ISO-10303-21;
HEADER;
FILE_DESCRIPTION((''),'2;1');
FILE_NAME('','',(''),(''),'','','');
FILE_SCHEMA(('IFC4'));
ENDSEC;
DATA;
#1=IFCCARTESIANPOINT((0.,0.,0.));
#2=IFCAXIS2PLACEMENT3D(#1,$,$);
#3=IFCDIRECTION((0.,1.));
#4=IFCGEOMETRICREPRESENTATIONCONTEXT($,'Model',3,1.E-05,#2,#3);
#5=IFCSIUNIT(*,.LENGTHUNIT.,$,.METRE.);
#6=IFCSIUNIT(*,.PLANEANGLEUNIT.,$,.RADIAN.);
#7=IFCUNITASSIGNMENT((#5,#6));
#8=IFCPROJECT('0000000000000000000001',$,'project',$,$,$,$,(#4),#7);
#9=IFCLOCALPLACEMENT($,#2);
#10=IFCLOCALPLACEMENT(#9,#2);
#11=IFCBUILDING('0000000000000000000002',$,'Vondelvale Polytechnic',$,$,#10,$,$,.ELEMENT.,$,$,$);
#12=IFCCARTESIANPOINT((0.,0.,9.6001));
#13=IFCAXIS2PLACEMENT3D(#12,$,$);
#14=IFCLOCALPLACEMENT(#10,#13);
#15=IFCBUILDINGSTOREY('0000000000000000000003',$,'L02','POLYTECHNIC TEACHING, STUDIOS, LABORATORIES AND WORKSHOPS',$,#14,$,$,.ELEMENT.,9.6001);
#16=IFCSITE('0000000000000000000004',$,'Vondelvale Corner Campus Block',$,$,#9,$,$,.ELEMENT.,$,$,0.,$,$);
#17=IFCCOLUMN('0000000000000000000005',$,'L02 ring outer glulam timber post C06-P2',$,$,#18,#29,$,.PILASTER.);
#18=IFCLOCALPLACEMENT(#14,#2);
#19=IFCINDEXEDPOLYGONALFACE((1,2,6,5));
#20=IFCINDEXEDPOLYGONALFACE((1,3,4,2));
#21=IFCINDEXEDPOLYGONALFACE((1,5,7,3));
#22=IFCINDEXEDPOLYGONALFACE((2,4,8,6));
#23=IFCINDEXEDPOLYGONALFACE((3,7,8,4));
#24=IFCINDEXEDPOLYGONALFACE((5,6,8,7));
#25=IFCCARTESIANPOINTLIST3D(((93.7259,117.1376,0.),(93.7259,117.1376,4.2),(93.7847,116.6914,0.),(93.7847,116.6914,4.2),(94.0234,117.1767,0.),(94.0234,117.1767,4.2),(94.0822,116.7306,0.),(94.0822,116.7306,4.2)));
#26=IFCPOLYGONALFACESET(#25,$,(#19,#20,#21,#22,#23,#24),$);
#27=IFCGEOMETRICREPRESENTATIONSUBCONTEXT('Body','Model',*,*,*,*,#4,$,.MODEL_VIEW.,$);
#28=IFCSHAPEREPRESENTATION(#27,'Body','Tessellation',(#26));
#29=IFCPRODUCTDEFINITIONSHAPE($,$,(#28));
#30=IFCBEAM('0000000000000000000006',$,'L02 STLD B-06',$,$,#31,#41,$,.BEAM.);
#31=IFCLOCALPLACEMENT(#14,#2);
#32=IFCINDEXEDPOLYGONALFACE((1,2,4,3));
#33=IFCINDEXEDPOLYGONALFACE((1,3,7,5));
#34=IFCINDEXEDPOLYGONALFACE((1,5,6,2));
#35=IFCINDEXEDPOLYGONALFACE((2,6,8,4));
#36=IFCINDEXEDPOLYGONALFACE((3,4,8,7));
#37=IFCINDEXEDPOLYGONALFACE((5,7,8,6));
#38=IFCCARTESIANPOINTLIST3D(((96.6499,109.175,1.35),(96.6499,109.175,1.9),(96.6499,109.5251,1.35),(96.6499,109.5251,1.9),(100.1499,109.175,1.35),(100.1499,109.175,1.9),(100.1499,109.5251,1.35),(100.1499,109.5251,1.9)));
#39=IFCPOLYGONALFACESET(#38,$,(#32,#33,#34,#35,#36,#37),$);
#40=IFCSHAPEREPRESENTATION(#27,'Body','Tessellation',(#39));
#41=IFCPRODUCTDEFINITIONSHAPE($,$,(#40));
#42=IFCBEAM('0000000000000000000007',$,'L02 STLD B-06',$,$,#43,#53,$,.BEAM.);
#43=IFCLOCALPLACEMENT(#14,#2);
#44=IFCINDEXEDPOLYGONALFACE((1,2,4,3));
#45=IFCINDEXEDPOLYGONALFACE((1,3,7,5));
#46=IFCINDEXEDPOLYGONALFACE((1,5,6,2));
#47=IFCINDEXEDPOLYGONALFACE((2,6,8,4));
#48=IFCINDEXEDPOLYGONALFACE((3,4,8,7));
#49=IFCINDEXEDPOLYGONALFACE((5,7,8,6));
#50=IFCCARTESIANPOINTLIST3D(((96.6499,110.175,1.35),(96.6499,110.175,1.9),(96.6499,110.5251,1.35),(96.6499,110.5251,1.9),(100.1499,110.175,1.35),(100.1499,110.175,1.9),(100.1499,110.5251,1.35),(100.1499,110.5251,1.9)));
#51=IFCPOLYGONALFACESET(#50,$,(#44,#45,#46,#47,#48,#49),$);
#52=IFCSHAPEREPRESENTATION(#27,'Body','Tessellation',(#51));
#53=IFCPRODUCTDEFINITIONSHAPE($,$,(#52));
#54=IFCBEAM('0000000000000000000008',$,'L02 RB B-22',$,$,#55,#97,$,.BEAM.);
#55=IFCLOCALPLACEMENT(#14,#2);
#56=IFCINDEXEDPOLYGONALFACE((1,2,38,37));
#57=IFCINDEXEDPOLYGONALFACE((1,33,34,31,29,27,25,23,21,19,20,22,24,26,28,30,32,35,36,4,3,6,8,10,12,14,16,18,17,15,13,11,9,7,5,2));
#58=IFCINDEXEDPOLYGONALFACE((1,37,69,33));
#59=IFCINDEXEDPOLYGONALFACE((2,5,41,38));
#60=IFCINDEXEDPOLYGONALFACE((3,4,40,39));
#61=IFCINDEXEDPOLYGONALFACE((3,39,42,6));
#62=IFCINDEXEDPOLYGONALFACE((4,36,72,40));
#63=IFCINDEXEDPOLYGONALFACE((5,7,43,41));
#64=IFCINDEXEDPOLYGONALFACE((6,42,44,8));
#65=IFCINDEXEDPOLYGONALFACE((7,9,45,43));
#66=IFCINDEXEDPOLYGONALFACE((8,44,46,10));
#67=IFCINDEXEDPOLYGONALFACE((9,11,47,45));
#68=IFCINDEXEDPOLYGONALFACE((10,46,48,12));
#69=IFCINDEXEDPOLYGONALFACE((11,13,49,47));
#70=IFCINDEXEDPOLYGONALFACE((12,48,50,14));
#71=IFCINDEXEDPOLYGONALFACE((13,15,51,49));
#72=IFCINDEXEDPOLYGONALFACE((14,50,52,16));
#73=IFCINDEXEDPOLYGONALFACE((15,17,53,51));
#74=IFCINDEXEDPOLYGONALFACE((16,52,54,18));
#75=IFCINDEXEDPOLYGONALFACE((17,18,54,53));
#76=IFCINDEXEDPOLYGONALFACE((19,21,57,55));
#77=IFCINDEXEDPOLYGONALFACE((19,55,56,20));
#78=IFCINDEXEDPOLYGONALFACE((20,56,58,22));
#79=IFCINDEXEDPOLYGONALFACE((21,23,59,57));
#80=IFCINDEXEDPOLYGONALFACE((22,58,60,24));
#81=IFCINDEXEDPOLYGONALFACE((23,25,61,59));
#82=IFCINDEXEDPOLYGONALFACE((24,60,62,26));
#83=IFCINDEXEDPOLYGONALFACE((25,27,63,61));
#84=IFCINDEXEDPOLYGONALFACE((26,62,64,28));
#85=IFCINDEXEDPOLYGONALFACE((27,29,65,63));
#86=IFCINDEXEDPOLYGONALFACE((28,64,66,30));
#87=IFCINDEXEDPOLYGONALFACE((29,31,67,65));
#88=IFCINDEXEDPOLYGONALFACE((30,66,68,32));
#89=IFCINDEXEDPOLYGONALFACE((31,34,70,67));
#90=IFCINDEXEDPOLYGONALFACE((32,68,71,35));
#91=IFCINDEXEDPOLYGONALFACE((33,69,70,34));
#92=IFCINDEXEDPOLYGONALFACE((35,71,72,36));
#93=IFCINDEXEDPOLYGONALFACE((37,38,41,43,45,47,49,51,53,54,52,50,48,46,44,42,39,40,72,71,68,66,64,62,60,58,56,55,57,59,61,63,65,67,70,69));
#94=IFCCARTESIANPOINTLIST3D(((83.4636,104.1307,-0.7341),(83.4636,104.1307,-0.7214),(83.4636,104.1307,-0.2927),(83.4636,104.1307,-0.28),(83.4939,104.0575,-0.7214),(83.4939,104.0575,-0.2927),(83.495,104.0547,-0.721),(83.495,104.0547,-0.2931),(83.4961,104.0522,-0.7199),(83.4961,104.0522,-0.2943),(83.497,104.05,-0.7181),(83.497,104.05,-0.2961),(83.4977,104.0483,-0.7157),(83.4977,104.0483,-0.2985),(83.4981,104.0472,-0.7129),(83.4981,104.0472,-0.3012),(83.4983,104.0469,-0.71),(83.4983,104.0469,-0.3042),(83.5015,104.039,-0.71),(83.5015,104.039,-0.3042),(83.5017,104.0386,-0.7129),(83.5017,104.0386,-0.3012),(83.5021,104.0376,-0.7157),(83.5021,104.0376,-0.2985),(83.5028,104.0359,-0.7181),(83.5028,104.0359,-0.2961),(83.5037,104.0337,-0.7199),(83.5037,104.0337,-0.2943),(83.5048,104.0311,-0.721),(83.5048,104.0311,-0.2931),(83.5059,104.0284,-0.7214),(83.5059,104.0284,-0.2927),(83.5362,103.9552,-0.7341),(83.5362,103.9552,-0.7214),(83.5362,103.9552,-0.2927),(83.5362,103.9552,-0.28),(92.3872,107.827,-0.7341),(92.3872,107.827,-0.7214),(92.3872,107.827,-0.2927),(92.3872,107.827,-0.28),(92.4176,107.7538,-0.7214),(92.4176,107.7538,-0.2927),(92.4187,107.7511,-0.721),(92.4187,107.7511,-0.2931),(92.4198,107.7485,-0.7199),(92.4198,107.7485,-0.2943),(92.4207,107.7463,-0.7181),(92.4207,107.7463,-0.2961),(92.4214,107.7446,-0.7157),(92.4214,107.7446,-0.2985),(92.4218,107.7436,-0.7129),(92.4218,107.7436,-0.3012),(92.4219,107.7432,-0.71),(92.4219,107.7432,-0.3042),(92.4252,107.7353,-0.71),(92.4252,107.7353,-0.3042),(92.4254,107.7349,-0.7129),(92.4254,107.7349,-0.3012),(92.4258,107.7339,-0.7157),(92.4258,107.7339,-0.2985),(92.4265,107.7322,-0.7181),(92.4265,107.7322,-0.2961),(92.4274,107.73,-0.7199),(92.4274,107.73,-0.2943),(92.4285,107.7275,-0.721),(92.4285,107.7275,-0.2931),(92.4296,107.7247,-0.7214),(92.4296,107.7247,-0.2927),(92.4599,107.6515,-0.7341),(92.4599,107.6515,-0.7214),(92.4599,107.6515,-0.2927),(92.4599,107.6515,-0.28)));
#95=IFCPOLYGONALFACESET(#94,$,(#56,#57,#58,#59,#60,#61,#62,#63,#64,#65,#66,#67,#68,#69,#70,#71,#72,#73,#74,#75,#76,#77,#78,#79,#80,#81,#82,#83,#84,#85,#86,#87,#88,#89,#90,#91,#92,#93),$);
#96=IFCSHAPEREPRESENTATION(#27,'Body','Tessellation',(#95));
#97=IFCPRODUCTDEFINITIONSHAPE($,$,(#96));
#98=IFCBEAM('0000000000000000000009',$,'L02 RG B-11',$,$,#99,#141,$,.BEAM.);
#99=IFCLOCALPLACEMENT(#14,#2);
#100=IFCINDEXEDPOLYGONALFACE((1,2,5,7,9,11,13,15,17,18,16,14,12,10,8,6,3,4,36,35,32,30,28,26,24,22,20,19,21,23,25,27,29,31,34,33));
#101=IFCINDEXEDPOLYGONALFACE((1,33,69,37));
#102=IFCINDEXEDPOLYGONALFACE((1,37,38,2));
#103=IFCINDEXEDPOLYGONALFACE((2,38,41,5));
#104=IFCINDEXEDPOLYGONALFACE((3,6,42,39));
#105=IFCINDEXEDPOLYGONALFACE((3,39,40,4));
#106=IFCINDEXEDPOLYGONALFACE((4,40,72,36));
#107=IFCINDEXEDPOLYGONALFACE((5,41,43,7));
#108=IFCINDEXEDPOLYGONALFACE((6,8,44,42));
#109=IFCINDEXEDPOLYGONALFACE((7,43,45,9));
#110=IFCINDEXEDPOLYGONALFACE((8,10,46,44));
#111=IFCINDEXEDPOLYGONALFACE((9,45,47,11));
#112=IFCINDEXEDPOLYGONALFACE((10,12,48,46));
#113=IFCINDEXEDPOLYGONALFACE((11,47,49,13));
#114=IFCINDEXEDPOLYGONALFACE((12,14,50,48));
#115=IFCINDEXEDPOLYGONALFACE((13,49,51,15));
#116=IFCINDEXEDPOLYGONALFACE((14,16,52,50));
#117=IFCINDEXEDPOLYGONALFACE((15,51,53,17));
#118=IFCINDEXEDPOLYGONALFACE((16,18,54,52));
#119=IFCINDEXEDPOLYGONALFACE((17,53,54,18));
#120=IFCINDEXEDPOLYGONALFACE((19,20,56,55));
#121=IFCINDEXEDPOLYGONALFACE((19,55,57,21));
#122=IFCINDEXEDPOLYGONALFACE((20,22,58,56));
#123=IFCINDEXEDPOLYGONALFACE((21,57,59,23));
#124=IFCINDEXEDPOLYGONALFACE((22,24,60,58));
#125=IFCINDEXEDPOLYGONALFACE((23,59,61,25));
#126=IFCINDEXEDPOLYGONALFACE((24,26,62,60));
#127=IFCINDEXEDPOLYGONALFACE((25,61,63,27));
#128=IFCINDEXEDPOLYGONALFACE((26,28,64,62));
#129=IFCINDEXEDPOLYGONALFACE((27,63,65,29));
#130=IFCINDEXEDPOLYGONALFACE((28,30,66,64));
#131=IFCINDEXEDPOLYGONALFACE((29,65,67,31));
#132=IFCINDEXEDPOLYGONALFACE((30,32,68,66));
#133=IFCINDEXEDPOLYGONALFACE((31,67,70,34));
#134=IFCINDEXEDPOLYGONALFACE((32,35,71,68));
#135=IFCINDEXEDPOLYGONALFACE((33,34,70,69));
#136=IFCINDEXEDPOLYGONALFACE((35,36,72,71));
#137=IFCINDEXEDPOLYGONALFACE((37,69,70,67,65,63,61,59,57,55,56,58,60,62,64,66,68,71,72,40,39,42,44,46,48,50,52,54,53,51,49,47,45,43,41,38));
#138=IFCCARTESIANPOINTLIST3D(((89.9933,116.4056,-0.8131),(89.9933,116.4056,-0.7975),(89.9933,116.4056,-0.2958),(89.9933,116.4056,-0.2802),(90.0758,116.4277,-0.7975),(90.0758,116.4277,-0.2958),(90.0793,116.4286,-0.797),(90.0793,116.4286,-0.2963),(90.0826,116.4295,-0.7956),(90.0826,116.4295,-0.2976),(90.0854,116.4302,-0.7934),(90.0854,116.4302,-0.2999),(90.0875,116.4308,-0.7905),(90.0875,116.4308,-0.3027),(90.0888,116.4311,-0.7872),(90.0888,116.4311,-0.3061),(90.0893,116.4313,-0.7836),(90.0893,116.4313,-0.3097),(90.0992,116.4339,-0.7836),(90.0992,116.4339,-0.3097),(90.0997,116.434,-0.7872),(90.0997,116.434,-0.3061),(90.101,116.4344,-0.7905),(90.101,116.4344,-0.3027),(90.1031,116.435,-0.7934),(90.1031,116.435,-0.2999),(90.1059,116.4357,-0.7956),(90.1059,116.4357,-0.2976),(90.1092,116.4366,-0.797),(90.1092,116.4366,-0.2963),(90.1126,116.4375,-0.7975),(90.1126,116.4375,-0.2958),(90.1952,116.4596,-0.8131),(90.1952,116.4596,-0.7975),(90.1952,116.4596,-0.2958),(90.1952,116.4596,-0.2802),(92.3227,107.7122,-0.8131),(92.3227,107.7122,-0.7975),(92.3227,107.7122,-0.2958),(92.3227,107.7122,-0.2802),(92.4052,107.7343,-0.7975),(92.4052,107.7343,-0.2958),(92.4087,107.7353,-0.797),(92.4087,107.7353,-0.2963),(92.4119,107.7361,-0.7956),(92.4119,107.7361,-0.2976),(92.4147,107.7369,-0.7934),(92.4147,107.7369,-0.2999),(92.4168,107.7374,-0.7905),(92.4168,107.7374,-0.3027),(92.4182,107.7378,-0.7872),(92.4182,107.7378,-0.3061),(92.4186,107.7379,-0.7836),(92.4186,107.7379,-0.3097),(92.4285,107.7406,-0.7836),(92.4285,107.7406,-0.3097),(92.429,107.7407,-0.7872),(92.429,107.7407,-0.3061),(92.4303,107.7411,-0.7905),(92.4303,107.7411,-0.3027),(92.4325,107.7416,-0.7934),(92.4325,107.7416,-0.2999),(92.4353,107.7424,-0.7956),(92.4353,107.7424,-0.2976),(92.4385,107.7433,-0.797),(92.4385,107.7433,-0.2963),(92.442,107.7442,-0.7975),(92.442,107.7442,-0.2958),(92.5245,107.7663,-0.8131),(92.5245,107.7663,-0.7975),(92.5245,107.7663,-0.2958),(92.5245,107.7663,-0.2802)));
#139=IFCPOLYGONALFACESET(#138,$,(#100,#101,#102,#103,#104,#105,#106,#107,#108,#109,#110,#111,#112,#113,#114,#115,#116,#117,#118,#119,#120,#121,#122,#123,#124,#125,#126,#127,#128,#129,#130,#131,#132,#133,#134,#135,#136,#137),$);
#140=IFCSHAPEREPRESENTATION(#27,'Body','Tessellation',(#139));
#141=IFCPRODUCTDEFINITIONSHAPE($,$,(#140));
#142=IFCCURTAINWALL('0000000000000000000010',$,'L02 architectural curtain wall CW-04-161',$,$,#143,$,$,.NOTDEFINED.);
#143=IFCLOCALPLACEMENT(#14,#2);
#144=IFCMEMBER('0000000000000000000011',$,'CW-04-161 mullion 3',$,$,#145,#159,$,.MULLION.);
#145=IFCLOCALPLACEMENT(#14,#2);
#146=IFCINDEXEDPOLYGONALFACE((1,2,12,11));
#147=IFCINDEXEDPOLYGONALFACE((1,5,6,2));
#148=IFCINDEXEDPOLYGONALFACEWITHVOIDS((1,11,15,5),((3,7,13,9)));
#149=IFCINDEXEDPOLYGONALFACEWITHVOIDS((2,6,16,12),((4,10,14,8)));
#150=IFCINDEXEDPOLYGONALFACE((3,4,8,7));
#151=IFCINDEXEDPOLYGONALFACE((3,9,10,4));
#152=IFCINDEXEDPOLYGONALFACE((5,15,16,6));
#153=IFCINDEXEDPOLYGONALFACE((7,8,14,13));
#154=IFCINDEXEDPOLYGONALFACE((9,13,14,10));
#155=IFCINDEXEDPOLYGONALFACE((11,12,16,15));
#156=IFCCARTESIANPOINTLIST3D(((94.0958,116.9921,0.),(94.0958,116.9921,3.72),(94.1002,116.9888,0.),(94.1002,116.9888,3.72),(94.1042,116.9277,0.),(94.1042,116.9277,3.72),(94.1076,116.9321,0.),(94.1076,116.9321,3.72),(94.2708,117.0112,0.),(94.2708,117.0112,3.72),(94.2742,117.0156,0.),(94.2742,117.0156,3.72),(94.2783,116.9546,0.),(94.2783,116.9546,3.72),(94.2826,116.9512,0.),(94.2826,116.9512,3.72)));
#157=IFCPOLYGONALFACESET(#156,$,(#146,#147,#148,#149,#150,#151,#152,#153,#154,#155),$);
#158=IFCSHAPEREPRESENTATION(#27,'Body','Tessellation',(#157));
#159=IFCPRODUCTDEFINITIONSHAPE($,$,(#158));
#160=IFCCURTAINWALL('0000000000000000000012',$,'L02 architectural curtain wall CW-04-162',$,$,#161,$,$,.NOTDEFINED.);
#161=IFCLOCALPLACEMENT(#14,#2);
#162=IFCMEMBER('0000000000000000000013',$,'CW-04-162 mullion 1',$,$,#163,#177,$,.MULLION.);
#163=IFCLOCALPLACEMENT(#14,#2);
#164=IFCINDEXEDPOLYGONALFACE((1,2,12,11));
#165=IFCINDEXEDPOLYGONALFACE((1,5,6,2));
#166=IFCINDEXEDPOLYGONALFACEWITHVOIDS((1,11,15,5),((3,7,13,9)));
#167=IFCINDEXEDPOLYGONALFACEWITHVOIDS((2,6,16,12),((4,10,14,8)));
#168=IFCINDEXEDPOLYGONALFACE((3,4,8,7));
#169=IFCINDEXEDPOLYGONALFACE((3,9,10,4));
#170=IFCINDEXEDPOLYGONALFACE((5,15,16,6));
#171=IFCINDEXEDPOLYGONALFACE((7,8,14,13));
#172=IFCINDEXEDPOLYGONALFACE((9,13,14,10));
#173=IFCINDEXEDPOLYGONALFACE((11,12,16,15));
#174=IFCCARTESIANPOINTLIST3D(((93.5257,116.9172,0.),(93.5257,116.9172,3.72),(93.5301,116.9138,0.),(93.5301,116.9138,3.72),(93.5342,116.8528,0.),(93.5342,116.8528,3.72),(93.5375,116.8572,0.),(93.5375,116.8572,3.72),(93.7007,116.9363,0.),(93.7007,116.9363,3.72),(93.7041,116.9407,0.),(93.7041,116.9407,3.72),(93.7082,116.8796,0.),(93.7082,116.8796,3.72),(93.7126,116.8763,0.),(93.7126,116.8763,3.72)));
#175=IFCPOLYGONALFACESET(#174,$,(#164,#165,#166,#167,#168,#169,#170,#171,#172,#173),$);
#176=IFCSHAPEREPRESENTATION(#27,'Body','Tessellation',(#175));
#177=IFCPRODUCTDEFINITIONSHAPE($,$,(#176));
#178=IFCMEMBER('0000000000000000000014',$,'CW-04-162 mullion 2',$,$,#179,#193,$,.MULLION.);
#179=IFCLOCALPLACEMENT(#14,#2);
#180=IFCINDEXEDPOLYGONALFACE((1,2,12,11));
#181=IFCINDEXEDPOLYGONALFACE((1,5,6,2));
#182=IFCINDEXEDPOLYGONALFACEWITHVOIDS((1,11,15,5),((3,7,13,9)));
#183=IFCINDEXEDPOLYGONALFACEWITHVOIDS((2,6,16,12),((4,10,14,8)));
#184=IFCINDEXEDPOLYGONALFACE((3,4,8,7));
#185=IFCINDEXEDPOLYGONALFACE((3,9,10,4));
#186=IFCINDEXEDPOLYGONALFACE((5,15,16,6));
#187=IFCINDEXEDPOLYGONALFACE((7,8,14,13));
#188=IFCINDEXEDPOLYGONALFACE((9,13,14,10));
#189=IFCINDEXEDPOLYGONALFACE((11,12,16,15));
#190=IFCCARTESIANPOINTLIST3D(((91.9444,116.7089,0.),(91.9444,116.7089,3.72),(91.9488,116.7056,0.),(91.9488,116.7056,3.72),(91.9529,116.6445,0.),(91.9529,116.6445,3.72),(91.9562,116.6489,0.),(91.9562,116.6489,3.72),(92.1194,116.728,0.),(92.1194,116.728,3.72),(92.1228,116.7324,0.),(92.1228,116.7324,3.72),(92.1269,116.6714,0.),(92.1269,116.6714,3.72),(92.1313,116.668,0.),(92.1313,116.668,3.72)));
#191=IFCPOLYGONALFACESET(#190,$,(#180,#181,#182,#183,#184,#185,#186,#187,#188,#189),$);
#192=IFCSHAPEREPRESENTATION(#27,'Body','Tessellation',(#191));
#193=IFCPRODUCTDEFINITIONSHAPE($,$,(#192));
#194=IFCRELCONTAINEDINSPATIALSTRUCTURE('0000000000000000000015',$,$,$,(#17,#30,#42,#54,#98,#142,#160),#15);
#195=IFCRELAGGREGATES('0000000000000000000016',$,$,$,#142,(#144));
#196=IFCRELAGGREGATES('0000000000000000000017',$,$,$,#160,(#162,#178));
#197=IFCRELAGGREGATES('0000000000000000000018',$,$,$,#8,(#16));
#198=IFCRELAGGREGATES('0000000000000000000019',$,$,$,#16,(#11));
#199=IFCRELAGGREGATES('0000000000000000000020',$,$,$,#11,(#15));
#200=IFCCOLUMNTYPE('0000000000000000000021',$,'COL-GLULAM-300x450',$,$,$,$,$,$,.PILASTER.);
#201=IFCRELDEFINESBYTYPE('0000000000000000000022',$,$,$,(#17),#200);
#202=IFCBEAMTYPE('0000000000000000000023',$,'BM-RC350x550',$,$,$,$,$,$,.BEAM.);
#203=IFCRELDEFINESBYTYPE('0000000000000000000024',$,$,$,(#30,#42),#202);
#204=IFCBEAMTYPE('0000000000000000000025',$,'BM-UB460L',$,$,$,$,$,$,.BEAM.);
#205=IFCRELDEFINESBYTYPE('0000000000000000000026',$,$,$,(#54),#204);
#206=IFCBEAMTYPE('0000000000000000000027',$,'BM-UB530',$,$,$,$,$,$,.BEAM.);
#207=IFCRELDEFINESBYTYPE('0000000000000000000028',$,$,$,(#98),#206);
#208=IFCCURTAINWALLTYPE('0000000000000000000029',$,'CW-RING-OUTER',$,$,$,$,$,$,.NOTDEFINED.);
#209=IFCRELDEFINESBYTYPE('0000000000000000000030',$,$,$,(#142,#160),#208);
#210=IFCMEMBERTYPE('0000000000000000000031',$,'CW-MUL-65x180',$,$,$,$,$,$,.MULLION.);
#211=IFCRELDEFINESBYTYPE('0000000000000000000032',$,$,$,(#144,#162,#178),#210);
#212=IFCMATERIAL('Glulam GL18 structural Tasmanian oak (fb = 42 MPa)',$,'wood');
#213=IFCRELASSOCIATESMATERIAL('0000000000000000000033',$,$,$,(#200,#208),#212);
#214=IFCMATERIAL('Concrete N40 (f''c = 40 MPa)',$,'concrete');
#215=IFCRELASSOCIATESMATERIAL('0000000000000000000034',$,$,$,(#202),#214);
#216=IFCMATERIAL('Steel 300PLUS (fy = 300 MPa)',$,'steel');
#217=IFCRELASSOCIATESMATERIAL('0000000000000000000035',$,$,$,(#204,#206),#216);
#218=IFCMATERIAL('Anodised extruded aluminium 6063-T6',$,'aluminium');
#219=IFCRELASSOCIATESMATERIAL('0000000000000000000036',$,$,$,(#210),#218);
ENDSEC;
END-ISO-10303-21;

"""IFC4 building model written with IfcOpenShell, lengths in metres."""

from ifc_helpers import new_model, si_unit, direction, frame, origin, origin_2d, place, context, subcontext, project, spatial, rectangle, hollow_rectangle, i_section, extrude, material, material_profile, profile_set, type_object, element, aggregate, save


model = new_model("IFC4")

# Units and contexts
model_context = context("Model", 3, precision=1e-05, world=origin(), true_north=direction((0.0, 1.0)))
body_context = subcontext(model_context, "Body", "Model", "MODEL_VIEW")
ifc_project = project(units=[si_unit("LENGTHUNIT", "METRE"), si_unit("PLANEANGLEUNIT", "RADIAN")], contexts=[model_context])

# Site, building, storey
site_placement = place(None, origin())
site = spatial("IfcSite", under=ifc_project, at=site_placement, Name="Vondelvale Corner Campus Block", CompositionType="ELEMENT", RefElevation=0.0)
building_placement = place(site_placement, origin())
building = spatial("IfcBuilding", under=site, at=building_placement, Name="Vondelvale Polytechnic", CompositionType="ELEMENT")
storey_placement = place(building_placement, frame((0.0, 0.0, 9.6001)))
storey = spatial("IfcBuildingStorey", under=building, at=storey_placement, Name="L02", Description="POLYTECHNIC TEACHING, STUDIOS, LABORATORIES AND WORKSHOPS", CompositionType="ELEMENT", Elevation=9.6001)

# Column
ifc_material_1 = material(Name="Glulam GL18 structural Tasmanian oak (fb = 42 MPa)", Category="wood")
ifc_material_profile_1 = material_profile(ifc_material_1, rectangle(XDim=0.3, YDim=0.45, at=origin_2d()), Name="GL-POST-300x450")
ifc_profile_set_1 = profile_set([ifc_material_profile_1], Name="Glulam GL18 structural Tasmanian oak (fb = 42 MPa)")
column_type = type_object("IfcColumnType", Name="COL-GLULAM-300x450", PredefinedType="PILASTER", material=ifc_profile_set_1)
column_placement = place(storey_placement, frame((93.9041, 116.9341, 0.0), z_axis=(0.0, 0.0, 1.0), x_axis=(0.991445, 0.130526, 0.0)))
element("IfcColumn", 1, at=column_placement, inside=storey, type_object=column_type, Name="L02 ring outer glulam timber post C06-P2", PredefinedType="PILASTER", context=body_context, shape_type="SweptSolid", body=[
    extrude(rectangle(XDim=0.3, YDim=0.45, at=origin_2d()), origin(), (0.0, 0.0, 1.0), 4.2),
])

# Beams
ifc_material_2 = material(Name="Concrete N40 (f'c = 40 MPa)", Category="concrete")
ifc_material_profile_2 = material_profile(ifc_material_2, rectangle(XDim=0.3501, YDim=0.55, at=origin_2d()), Name="RC-BM-350x550")
ifc_profile_set_2 = profile_set([ifc_material_profile_2], Name="Concrete N40 (f'c = 40 MPa)")
beam_type_1 = type_object("IfcBeamType", Name="BM-RC350x550", PredefinedType="BEAM", material=ifc_profile_set_2)
for number, where, z_axis, x_axis, name in (
    (2, (100.1499, 109.3501, 1.625), (-1.0, 0.0, 0.0), (0.0, -1.0, 0.0), "L02 STLD B-06"),
    (3, (100.1499, 110.3501, 1.625), (-1.0, 0.0, 0.0), (0.0, -1.0, 0.0), "L02 STLD B-06"),
):
    element("IfcBeam", number, at=place(storey_placement, frame(where, z_axis=z_axis, x_axis=x_axis)), inside=storey, type_object=beam_type_1, Name=name, PredefinedType="BEAM", context=body_context, shape_type="SweptSolid", body=[
        extrude(rectangle(XDim=0.3501, YDim=0.55, at=origin_2d()), origin(), (0.0, 0.0, 1.0), 3.5),
    ])
ifc_material_3 = material(Name="Steel 300PLUS (fy = 300 MPa)", Category="steel")
ifc_material_profile_3 = material_profile(ifc_material_3, i_section(OverallWidth=0.1899, OverallDepth=0.4541, WebThickness=0.0085, FlangeThickness=0.0127, FilletRadius=0.0115, at=origin_2d()), Name="460UB67.1")
ifc_profile_set_3 = profile_set([ifc_material_profile_3], Name="Steel 300PLUS (fy = 300 MPa)")
beam_type_2 = type_object("IfcBeamType", Name="BM-UB460L", PredefinedType="BEAM", material=ifc_profile_set_3)
beam_1_placement = place(storey_placement, frame((92.4236, 107.7393, -0.5071), z_axis=(-0.923879, -0.382685, 0.0), x_axis=(0.382685, -0.923879, 0.0)))
element("IfcBeam", 4, at=beam_1_placement, inside=storey, type_object=beam_type_2, Name="L02 RB B-22", PredefinedType="BEAM", context=body_context, shape_type="SweptSolid", body=[
    extrude(i_section(OverallWidth=0.1899, OverallDepth=0.4541, WebThickness=0.0085, FlangeThickness=0.0127, FilletRadius=0.0115, at=origin_2d()), origin(), (0.0, 0.0, 1.0), 9.6589),
])
ifc_material_profile_4 = material_profile(ifc_material_3, i_section(OverallWidth=0.209, OverallDepth=0.533, WebThickness=0.0103, FlangeThickness=0.0156, FilletRadius=0.0139, at=origin_2d()), Name="530UB92.4")
ifc_profile_set_4 = profile_set([ifc_material_profile_4], Name="Steel 300PLUS (fy = 300 MPa)")
beam_type_3 = type_object("IfcBeamType", Name="BM-UB530", PredefinedType="BEAM", material=ifc_profile_set_4)
beam_2_placement = place(storey_placement, frame((92.4236, 107.7393, -0.5466), z_axis=(-0.258816, 0.965927, 0.0), x_axis=(-0.965927, -0.258816, 0.0)))
element("IfcBeam", 5, at=beam_2_placement, inside=storey, type_object=beam_type_3, Name="L02 RG B-11", PredefinedType="BEAM", context=body_context, shape_type="SweptSolid", body=[
    extrude(i_section(OverallWidth=0.209, OverallDepth=0.533, WebThickness=0.0103, FlangeThickness=0.0156, FilletRadius=0.0139, at=origin_2d()), origin(), (0.0, 0.0, 1.0), 9.0),
])

# Curtain wall, member
curtain_wall_type = type_object("IfcCurtainWallType", Name="CW-RING-OUTER", PredefinedType="NOTDEFINED", material=ifc_material_1)
curtain_wall_1_placement = place(storey_placement, origin())
curtain_wall_1 = element("IfcCurtainWall", 6, at=curtain_wall_1_placement, inside=storey, type_object=curtain_wall_type, Name="L02 architectural curtain wall CW-04-161", PredefinedType="NOTDEFINED")
ifc_material_4 = material(Name="Anodised extruded aluminium 6063-T6", Category="aluminium")
ifc_material_profile_5 = material_profile(ifc_material_4, hollow_rectangle(XDim=0.0649, YDim=0.1799, WallThickness=0.0039, at=origin_2d()), Name="CW-MUL-180x65")
ifc_profile_set_5 = profile_set([ifc_material_profile_5], Name="Anodised extruded aluminium 6063-T6")
member_type_1 = type_object("IfcMemberType", Name="CW-MUL-65x180", PredefinedType="MULLION", material=ifc_profile_set_5)
member_1_placement = place(storey_placement, frame((94.1892, 116.9717, 0.0), z_axis=(0.0, 0.0, 1.0), x_axis=(0.130497, -0.991449, 0.0)))
member_1 = element("IfcMember", 7, at=member_1_placement, type_object=member_type_1, Name="CW-04-161 mullion 3", PredefinedType="MULLION", context=body_context, shape_type="SweptSolid", body=[
    extrude(hollow_rectangle(XDim=0.0649, YDim=0.1799, WallThickness=0.0039, at=origin_2d()), origin(), (0.0, 0.0, 1.0), 3.72),
])

# Curtain wall, members
curtain_wall_2_placement = place(storey_placement, origin())
curtain_wall_2 = element("IfcCurtainWall", 8, at=curtain_wall_2_placement, inside=storey, type_object=curtain_wall_type, Name="L02 architectural curtain wall CW-04-162", PredefinedType="NOTDEFINED")
member_2_placement = place(storey_placement, frame((93.6191, 116.8967, 0.0), z_axis=(0.0, 0.0, 1.0), x_axis=(0.13054, -0.991443, 0.0)))
member_2 = element("IfcMember", 9, at=member_2_placement, type_object=member_type_1, Name="CW-04-162 mullion 1", PredefinedType="MULLION", context=body_context, shape_type="SweptSolid", body=[
    extrude(hollow_rectangle(XDim=0.0649, YDim=0.1799, WallThickness=0.0039, at=origin_2d()), origin(), (0.0, 0.0, 1.0), 3.72),
])
member_3_placement = place(storey_placement, frame((92.0378, 116.6885, 0.0), z_axis=(0.0, 0.0, 1.0), x_axis=(0.13054, -0.991443, 0.0)))
member_3 = element("IfcMember", 10, at=member_3_placement, type_object=member_type_1, Name="CW-04-162 mullion 2", PredefinedType="MULLION", context=body_context, shape_type="SweptSolid", body=[
    extrude(hollow_rectangle(XDim=0.0649, YDim=0.1799, WallThickness=0.0039, at=origin_2d()), origin(), (0.0, 0.0, 1.0), 3.72),
])

aggregate(curtain_wall_1, [member_1])
aggregate(curtain_wall_2, [member_2, member_3])

save(model, "model.ifc")
